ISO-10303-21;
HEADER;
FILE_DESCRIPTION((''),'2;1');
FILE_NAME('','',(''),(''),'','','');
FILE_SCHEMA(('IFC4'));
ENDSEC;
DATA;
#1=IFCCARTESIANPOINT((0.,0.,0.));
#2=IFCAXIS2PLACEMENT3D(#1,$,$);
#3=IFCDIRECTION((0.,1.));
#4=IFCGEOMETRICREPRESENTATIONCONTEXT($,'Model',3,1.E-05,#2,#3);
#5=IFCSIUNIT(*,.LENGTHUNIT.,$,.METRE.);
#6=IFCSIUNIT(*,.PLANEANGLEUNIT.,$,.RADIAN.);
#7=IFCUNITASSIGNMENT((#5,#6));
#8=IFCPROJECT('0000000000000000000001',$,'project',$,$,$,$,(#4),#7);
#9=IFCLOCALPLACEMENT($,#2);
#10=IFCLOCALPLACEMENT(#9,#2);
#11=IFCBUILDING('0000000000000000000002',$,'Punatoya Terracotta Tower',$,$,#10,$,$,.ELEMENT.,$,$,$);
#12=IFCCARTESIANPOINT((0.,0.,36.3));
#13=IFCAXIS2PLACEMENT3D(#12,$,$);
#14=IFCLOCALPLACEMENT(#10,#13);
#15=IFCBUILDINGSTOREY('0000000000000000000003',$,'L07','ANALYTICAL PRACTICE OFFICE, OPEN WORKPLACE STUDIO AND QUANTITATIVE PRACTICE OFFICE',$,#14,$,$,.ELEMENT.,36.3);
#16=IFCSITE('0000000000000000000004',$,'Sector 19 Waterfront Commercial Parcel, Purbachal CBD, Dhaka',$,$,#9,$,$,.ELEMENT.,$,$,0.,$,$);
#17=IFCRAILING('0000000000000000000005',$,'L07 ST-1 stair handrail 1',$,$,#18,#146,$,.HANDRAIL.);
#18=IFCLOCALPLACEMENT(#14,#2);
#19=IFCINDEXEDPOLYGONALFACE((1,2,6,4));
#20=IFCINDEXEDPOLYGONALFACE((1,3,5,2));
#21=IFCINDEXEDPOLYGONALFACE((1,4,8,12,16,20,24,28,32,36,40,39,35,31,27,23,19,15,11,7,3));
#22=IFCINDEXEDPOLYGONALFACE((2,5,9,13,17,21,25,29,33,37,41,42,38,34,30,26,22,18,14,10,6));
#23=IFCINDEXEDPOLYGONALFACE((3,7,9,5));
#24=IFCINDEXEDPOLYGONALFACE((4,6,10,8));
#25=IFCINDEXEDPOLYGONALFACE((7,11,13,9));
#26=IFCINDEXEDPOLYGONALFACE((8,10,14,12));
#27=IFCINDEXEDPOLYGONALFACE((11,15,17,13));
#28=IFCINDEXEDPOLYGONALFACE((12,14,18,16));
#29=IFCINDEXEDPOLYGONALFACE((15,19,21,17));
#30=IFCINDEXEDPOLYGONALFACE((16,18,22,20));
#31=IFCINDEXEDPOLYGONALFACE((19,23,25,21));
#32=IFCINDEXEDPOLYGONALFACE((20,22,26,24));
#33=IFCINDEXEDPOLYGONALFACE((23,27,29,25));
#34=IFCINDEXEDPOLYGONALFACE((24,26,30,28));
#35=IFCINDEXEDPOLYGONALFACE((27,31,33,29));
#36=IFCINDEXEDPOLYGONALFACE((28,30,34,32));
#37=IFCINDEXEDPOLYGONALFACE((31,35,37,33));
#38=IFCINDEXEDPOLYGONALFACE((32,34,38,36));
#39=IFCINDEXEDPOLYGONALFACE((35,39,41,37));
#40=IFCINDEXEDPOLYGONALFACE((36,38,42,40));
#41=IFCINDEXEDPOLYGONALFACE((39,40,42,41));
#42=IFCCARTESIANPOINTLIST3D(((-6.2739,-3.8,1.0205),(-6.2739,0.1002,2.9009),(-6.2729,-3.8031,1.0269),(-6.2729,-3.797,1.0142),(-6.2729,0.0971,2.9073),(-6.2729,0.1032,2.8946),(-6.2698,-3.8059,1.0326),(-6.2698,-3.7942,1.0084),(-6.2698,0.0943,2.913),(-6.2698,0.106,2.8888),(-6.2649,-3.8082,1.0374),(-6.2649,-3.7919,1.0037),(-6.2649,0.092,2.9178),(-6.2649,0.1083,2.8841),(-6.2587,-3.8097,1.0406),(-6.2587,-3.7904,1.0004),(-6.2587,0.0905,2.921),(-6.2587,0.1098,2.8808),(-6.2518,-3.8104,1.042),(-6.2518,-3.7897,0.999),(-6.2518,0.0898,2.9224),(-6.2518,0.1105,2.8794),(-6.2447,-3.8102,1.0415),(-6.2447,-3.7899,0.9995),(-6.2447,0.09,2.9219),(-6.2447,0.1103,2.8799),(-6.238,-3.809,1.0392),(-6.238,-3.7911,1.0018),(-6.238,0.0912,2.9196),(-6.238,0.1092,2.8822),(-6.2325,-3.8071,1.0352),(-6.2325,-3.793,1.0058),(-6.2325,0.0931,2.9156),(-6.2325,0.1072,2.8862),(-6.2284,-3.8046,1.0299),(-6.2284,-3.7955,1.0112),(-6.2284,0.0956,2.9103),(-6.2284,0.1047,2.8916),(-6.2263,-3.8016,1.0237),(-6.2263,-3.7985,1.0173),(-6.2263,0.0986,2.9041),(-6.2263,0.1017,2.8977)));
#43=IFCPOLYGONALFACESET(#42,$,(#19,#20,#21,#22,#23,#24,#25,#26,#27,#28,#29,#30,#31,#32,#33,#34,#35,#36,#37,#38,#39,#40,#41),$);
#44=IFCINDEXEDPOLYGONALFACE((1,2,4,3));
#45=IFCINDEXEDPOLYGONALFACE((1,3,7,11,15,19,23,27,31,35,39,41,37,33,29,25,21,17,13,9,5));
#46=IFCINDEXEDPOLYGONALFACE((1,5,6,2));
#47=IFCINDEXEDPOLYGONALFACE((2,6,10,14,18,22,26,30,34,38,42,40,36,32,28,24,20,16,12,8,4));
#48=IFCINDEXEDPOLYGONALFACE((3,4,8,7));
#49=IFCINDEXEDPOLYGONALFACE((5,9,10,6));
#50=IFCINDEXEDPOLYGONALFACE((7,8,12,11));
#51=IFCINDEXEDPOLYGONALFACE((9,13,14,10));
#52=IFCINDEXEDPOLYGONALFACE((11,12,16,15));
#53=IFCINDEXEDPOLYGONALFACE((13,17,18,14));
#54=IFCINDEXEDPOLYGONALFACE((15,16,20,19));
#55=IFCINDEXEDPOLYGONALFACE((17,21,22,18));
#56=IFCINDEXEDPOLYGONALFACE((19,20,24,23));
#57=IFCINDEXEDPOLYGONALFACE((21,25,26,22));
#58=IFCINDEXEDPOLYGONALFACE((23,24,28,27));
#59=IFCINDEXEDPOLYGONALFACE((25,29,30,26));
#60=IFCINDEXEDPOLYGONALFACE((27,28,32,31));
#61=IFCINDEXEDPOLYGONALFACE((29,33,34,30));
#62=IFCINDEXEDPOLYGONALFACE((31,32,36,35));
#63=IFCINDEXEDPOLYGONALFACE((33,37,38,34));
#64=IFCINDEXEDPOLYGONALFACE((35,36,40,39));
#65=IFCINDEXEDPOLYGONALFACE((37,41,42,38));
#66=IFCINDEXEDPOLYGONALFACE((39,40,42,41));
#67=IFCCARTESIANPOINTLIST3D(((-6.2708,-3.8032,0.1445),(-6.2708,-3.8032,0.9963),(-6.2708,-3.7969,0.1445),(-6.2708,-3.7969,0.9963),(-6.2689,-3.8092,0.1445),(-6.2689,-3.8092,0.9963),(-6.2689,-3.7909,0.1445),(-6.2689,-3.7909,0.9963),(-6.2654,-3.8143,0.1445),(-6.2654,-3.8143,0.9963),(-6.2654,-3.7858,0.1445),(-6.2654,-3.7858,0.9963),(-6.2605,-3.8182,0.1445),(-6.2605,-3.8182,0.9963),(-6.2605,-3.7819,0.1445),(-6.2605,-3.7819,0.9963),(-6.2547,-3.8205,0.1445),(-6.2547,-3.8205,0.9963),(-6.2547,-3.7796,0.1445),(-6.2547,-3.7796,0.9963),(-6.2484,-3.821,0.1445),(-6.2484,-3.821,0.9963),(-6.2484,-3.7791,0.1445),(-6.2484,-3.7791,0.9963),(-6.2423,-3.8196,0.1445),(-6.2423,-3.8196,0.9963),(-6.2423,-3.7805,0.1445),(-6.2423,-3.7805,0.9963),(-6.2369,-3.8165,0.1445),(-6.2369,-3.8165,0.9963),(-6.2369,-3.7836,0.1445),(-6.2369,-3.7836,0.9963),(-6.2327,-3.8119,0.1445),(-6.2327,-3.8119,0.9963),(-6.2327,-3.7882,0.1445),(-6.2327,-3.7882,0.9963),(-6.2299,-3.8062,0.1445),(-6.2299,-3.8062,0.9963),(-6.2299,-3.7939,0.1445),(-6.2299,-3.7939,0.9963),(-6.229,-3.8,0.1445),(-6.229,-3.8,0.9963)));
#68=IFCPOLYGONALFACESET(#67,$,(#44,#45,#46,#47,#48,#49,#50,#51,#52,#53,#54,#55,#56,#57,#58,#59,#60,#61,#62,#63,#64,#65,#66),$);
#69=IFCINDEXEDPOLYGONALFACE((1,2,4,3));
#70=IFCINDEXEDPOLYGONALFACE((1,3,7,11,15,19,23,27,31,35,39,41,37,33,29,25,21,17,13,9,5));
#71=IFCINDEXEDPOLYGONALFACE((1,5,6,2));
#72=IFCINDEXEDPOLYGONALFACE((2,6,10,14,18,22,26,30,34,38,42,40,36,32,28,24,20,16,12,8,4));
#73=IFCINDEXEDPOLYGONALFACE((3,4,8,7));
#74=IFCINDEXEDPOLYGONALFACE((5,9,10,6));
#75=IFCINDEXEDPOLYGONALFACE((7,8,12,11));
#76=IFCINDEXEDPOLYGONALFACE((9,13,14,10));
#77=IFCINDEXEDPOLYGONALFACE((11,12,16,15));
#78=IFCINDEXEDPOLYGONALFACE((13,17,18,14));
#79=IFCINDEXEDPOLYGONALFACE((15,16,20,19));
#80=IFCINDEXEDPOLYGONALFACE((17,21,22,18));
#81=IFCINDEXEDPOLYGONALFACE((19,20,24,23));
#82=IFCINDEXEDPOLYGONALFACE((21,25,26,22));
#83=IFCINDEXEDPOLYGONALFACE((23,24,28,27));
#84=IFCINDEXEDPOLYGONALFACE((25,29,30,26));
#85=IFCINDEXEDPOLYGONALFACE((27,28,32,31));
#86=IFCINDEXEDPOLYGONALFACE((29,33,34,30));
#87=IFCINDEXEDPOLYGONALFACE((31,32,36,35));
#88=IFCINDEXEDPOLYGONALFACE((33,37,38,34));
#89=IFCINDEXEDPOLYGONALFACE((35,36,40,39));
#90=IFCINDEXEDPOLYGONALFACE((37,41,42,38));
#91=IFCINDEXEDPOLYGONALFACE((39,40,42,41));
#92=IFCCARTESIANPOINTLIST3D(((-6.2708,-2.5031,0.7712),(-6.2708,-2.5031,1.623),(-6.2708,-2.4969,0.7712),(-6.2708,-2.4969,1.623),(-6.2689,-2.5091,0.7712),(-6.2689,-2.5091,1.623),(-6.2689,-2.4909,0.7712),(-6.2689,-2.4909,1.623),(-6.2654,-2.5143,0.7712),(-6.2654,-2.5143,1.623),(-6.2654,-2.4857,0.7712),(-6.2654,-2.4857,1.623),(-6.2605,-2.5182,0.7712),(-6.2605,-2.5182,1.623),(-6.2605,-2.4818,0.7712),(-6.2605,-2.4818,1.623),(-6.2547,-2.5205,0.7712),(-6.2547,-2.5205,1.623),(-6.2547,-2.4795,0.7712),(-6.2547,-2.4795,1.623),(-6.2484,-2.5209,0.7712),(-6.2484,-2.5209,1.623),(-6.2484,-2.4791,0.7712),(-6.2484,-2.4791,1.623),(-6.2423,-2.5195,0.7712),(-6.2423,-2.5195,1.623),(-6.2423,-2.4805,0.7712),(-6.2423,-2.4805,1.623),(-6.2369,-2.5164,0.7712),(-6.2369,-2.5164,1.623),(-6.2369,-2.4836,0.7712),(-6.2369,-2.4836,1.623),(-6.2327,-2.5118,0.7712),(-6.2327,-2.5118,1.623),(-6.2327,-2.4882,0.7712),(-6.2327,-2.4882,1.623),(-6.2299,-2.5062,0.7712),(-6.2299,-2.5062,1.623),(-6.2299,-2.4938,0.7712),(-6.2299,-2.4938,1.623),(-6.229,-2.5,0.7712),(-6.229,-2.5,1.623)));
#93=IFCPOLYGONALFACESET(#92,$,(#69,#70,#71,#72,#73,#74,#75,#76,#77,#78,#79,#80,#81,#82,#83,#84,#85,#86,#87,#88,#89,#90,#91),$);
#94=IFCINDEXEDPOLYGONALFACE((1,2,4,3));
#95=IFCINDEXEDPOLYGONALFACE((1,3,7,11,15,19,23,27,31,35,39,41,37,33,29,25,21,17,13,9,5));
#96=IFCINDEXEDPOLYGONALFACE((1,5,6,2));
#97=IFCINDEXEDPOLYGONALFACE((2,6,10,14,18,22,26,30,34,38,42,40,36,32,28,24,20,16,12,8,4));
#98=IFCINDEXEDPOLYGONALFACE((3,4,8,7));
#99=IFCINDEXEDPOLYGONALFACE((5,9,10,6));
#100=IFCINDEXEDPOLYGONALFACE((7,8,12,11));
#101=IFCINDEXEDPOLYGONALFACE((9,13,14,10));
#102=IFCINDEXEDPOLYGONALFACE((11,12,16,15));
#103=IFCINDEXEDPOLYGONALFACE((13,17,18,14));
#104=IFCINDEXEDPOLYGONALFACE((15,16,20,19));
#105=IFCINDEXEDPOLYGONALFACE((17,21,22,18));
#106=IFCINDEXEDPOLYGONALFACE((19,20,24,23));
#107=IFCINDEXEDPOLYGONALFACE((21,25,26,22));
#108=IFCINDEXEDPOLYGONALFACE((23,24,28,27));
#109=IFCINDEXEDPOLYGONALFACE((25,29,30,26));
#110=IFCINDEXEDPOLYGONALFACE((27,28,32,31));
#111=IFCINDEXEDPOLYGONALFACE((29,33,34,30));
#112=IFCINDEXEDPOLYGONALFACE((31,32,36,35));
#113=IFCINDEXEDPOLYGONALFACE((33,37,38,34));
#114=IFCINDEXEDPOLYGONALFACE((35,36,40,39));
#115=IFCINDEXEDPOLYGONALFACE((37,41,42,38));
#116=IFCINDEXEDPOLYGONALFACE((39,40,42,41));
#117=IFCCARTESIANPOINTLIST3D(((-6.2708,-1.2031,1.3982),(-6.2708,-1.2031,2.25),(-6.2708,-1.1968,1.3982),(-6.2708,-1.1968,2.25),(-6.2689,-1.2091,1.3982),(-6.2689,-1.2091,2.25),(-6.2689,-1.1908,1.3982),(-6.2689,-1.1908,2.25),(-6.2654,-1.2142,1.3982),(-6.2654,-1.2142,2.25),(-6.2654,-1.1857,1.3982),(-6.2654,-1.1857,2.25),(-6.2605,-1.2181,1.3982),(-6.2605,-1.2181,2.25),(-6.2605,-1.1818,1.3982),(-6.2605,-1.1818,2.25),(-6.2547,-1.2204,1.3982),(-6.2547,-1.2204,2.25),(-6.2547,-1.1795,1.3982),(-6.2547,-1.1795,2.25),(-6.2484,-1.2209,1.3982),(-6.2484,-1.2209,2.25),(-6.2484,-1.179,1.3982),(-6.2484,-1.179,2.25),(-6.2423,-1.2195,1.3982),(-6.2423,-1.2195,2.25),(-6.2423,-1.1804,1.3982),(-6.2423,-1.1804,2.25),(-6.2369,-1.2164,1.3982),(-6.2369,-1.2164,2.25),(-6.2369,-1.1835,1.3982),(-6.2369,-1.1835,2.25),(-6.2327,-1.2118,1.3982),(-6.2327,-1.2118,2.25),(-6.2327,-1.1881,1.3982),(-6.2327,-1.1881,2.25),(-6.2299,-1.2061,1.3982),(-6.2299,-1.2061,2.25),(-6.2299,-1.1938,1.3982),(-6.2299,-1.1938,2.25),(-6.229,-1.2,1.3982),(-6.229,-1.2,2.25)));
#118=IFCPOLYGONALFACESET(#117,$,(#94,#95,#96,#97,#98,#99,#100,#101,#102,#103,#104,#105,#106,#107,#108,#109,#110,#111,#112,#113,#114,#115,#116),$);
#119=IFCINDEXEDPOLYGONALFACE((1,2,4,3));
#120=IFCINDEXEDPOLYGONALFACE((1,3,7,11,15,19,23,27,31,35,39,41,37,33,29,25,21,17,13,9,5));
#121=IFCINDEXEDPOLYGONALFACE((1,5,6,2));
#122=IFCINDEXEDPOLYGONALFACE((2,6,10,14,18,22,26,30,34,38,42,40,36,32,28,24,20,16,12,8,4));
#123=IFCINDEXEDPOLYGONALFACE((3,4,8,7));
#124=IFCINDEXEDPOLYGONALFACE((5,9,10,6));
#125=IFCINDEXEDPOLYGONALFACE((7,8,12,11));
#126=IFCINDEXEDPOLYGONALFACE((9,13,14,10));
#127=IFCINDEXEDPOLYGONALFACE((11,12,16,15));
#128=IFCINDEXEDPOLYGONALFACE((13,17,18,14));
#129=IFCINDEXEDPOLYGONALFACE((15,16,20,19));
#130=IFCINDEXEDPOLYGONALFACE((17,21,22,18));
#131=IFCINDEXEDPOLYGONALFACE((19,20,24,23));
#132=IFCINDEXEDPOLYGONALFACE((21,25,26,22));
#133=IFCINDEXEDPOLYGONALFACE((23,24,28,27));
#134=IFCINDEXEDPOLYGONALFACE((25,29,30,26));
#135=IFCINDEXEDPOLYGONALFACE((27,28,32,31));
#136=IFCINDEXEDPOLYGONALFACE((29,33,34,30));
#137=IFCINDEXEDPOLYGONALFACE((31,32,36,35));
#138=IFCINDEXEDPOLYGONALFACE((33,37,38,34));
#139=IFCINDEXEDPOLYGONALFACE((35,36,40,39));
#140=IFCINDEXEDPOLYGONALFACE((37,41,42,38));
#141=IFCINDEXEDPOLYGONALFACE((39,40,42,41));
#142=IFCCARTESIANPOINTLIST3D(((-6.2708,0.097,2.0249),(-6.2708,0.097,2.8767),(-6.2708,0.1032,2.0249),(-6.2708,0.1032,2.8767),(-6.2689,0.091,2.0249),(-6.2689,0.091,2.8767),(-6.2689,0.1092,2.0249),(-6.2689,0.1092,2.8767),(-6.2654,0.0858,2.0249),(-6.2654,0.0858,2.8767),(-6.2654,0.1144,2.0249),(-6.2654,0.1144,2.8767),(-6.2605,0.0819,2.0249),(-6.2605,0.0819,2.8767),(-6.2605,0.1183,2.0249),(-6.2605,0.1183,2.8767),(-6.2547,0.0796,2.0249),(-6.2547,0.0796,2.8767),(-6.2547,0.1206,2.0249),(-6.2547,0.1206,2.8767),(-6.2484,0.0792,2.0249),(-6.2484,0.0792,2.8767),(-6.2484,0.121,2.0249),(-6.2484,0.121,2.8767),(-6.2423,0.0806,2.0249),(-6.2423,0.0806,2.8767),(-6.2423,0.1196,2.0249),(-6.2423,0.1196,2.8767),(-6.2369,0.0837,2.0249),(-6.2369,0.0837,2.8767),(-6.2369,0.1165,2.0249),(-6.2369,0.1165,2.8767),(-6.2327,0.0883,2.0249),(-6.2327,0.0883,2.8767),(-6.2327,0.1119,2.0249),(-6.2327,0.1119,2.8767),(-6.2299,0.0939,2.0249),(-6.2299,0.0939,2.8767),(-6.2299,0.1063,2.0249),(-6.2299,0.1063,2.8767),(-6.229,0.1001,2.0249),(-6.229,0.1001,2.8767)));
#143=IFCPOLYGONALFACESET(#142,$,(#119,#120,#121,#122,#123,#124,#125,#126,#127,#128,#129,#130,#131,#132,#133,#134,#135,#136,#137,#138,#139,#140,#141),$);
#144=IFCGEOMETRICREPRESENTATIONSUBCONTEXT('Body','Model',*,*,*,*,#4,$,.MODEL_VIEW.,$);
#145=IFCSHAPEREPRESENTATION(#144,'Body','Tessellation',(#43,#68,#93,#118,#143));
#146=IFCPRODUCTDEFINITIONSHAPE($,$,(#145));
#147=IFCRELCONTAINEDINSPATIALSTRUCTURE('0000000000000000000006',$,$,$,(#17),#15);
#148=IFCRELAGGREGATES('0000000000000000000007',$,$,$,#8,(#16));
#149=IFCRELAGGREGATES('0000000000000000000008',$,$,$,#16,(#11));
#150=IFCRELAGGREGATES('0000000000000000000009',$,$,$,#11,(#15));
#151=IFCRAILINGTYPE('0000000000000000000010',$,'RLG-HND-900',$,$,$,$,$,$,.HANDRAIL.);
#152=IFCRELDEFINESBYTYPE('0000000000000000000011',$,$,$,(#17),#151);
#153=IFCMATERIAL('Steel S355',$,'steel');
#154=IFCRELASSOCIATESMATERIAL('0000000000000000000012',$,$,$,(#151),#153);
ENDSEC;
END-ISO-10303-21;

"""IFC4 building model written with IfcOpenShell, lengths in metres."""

from ifc_helpers import new_model, si_unit, direction, frame, origin, origin_2d, place, context, subcontext, project, spatial, circle, extrude, material, type_object, element, save


model = new_model("IFC4")

# Units and contexts
model_context = context("Model", 3, precision=1e-05, world=origin(), true_north=direction((0.0, 1.0)))
body_context = subcontext(model_context, "Body", "Model", "MODEL_VIEW")
ifc_project = project(units=[si_unit("LENGTHUNIT", "METRE"), si_unit("PLANEANGLEUNIT", "RADIAN")], contexts=[model_context])

# Site, building, storey
site_placement = place(None, origin())
site = spatial("IfcSite", under=ifc_project, at=site_placement, Name="Sector 19 Waterfront Commercial Parcel, Purbachal CBD, Dhaka", CompositionType="ELEMENT", RefElevation=0.0)
building_placement = place(site_placement, origin())
building = spatial("IfcBuilding", under=site, at=building_placement, Name="Punatoya Terracotta Tower", CompositionType="ELEMENT")
storey_placement = place(building_placement, frame((0.0, 0.0, 36.3)))
storey = spatial("IfcBuildingStorey", under=building, at=storey_placement, Name="L07", Description="ANALYTICAL PRACTICE OFFICE, OPEN WORKPLACE STUDIO AND QUANTITATIVE PRACTICE OFFICE", CompositionType="ELEMENT", Elevation=36.3)

# Shared definitions
ifc_material_1 = material(Name="Steel S355", Category="steel")

# Railing
railing_type_1 = type_object("IfcRailingType", Name="RLG-HND-900", PredefinedType="HANDRAIL", material=ifc_material_1)
railing_1_placement = place(storey_placement, frame((-6.25, -3.8, 0.1445)))
element("IfcRailing", 1, at=railing_1_placement, inside=storey, type_object=railing_type_1, Name="L07 ST-1 stair handrail 1", PredefinedType="HANDRAIL", context=body_context, shape_type="SweptSolid", body=[
    extrude(circle(Radius=0.0239, at=origin_2d()), frame((0.0, 0.0, 0.876), z_axis=(0.0, 0.900774, 0.434289), x_axis=(-1.0, 0.0, 0.0)), (0.0, 0.0, 1.0), 4.3298),
    extrude(circle(Radius=0.021, at=origin_2d()), origin(), (0.0, 0.0, 1.0), 0.8518),
    extrude(circle(Radius=0.021, at=origin_2d()), frame((0.0, 1.3, 0.6267)), (0.0, 0.0, 1.0), 0.8518),
    extrude(circle(Radius=0.021, at=origin_2d()), frame((0.0, 2.6001, 1.2537)), (0.0, 0.0, 1.0), 0.8518),
    extrude(circle(Radius=0.021, at=origin_2d()), frame((0.0, 3.9001, 1.8804)), (0.0, 0.0, 1.0), 0.8518),
])

save(model, "model.ifc")
